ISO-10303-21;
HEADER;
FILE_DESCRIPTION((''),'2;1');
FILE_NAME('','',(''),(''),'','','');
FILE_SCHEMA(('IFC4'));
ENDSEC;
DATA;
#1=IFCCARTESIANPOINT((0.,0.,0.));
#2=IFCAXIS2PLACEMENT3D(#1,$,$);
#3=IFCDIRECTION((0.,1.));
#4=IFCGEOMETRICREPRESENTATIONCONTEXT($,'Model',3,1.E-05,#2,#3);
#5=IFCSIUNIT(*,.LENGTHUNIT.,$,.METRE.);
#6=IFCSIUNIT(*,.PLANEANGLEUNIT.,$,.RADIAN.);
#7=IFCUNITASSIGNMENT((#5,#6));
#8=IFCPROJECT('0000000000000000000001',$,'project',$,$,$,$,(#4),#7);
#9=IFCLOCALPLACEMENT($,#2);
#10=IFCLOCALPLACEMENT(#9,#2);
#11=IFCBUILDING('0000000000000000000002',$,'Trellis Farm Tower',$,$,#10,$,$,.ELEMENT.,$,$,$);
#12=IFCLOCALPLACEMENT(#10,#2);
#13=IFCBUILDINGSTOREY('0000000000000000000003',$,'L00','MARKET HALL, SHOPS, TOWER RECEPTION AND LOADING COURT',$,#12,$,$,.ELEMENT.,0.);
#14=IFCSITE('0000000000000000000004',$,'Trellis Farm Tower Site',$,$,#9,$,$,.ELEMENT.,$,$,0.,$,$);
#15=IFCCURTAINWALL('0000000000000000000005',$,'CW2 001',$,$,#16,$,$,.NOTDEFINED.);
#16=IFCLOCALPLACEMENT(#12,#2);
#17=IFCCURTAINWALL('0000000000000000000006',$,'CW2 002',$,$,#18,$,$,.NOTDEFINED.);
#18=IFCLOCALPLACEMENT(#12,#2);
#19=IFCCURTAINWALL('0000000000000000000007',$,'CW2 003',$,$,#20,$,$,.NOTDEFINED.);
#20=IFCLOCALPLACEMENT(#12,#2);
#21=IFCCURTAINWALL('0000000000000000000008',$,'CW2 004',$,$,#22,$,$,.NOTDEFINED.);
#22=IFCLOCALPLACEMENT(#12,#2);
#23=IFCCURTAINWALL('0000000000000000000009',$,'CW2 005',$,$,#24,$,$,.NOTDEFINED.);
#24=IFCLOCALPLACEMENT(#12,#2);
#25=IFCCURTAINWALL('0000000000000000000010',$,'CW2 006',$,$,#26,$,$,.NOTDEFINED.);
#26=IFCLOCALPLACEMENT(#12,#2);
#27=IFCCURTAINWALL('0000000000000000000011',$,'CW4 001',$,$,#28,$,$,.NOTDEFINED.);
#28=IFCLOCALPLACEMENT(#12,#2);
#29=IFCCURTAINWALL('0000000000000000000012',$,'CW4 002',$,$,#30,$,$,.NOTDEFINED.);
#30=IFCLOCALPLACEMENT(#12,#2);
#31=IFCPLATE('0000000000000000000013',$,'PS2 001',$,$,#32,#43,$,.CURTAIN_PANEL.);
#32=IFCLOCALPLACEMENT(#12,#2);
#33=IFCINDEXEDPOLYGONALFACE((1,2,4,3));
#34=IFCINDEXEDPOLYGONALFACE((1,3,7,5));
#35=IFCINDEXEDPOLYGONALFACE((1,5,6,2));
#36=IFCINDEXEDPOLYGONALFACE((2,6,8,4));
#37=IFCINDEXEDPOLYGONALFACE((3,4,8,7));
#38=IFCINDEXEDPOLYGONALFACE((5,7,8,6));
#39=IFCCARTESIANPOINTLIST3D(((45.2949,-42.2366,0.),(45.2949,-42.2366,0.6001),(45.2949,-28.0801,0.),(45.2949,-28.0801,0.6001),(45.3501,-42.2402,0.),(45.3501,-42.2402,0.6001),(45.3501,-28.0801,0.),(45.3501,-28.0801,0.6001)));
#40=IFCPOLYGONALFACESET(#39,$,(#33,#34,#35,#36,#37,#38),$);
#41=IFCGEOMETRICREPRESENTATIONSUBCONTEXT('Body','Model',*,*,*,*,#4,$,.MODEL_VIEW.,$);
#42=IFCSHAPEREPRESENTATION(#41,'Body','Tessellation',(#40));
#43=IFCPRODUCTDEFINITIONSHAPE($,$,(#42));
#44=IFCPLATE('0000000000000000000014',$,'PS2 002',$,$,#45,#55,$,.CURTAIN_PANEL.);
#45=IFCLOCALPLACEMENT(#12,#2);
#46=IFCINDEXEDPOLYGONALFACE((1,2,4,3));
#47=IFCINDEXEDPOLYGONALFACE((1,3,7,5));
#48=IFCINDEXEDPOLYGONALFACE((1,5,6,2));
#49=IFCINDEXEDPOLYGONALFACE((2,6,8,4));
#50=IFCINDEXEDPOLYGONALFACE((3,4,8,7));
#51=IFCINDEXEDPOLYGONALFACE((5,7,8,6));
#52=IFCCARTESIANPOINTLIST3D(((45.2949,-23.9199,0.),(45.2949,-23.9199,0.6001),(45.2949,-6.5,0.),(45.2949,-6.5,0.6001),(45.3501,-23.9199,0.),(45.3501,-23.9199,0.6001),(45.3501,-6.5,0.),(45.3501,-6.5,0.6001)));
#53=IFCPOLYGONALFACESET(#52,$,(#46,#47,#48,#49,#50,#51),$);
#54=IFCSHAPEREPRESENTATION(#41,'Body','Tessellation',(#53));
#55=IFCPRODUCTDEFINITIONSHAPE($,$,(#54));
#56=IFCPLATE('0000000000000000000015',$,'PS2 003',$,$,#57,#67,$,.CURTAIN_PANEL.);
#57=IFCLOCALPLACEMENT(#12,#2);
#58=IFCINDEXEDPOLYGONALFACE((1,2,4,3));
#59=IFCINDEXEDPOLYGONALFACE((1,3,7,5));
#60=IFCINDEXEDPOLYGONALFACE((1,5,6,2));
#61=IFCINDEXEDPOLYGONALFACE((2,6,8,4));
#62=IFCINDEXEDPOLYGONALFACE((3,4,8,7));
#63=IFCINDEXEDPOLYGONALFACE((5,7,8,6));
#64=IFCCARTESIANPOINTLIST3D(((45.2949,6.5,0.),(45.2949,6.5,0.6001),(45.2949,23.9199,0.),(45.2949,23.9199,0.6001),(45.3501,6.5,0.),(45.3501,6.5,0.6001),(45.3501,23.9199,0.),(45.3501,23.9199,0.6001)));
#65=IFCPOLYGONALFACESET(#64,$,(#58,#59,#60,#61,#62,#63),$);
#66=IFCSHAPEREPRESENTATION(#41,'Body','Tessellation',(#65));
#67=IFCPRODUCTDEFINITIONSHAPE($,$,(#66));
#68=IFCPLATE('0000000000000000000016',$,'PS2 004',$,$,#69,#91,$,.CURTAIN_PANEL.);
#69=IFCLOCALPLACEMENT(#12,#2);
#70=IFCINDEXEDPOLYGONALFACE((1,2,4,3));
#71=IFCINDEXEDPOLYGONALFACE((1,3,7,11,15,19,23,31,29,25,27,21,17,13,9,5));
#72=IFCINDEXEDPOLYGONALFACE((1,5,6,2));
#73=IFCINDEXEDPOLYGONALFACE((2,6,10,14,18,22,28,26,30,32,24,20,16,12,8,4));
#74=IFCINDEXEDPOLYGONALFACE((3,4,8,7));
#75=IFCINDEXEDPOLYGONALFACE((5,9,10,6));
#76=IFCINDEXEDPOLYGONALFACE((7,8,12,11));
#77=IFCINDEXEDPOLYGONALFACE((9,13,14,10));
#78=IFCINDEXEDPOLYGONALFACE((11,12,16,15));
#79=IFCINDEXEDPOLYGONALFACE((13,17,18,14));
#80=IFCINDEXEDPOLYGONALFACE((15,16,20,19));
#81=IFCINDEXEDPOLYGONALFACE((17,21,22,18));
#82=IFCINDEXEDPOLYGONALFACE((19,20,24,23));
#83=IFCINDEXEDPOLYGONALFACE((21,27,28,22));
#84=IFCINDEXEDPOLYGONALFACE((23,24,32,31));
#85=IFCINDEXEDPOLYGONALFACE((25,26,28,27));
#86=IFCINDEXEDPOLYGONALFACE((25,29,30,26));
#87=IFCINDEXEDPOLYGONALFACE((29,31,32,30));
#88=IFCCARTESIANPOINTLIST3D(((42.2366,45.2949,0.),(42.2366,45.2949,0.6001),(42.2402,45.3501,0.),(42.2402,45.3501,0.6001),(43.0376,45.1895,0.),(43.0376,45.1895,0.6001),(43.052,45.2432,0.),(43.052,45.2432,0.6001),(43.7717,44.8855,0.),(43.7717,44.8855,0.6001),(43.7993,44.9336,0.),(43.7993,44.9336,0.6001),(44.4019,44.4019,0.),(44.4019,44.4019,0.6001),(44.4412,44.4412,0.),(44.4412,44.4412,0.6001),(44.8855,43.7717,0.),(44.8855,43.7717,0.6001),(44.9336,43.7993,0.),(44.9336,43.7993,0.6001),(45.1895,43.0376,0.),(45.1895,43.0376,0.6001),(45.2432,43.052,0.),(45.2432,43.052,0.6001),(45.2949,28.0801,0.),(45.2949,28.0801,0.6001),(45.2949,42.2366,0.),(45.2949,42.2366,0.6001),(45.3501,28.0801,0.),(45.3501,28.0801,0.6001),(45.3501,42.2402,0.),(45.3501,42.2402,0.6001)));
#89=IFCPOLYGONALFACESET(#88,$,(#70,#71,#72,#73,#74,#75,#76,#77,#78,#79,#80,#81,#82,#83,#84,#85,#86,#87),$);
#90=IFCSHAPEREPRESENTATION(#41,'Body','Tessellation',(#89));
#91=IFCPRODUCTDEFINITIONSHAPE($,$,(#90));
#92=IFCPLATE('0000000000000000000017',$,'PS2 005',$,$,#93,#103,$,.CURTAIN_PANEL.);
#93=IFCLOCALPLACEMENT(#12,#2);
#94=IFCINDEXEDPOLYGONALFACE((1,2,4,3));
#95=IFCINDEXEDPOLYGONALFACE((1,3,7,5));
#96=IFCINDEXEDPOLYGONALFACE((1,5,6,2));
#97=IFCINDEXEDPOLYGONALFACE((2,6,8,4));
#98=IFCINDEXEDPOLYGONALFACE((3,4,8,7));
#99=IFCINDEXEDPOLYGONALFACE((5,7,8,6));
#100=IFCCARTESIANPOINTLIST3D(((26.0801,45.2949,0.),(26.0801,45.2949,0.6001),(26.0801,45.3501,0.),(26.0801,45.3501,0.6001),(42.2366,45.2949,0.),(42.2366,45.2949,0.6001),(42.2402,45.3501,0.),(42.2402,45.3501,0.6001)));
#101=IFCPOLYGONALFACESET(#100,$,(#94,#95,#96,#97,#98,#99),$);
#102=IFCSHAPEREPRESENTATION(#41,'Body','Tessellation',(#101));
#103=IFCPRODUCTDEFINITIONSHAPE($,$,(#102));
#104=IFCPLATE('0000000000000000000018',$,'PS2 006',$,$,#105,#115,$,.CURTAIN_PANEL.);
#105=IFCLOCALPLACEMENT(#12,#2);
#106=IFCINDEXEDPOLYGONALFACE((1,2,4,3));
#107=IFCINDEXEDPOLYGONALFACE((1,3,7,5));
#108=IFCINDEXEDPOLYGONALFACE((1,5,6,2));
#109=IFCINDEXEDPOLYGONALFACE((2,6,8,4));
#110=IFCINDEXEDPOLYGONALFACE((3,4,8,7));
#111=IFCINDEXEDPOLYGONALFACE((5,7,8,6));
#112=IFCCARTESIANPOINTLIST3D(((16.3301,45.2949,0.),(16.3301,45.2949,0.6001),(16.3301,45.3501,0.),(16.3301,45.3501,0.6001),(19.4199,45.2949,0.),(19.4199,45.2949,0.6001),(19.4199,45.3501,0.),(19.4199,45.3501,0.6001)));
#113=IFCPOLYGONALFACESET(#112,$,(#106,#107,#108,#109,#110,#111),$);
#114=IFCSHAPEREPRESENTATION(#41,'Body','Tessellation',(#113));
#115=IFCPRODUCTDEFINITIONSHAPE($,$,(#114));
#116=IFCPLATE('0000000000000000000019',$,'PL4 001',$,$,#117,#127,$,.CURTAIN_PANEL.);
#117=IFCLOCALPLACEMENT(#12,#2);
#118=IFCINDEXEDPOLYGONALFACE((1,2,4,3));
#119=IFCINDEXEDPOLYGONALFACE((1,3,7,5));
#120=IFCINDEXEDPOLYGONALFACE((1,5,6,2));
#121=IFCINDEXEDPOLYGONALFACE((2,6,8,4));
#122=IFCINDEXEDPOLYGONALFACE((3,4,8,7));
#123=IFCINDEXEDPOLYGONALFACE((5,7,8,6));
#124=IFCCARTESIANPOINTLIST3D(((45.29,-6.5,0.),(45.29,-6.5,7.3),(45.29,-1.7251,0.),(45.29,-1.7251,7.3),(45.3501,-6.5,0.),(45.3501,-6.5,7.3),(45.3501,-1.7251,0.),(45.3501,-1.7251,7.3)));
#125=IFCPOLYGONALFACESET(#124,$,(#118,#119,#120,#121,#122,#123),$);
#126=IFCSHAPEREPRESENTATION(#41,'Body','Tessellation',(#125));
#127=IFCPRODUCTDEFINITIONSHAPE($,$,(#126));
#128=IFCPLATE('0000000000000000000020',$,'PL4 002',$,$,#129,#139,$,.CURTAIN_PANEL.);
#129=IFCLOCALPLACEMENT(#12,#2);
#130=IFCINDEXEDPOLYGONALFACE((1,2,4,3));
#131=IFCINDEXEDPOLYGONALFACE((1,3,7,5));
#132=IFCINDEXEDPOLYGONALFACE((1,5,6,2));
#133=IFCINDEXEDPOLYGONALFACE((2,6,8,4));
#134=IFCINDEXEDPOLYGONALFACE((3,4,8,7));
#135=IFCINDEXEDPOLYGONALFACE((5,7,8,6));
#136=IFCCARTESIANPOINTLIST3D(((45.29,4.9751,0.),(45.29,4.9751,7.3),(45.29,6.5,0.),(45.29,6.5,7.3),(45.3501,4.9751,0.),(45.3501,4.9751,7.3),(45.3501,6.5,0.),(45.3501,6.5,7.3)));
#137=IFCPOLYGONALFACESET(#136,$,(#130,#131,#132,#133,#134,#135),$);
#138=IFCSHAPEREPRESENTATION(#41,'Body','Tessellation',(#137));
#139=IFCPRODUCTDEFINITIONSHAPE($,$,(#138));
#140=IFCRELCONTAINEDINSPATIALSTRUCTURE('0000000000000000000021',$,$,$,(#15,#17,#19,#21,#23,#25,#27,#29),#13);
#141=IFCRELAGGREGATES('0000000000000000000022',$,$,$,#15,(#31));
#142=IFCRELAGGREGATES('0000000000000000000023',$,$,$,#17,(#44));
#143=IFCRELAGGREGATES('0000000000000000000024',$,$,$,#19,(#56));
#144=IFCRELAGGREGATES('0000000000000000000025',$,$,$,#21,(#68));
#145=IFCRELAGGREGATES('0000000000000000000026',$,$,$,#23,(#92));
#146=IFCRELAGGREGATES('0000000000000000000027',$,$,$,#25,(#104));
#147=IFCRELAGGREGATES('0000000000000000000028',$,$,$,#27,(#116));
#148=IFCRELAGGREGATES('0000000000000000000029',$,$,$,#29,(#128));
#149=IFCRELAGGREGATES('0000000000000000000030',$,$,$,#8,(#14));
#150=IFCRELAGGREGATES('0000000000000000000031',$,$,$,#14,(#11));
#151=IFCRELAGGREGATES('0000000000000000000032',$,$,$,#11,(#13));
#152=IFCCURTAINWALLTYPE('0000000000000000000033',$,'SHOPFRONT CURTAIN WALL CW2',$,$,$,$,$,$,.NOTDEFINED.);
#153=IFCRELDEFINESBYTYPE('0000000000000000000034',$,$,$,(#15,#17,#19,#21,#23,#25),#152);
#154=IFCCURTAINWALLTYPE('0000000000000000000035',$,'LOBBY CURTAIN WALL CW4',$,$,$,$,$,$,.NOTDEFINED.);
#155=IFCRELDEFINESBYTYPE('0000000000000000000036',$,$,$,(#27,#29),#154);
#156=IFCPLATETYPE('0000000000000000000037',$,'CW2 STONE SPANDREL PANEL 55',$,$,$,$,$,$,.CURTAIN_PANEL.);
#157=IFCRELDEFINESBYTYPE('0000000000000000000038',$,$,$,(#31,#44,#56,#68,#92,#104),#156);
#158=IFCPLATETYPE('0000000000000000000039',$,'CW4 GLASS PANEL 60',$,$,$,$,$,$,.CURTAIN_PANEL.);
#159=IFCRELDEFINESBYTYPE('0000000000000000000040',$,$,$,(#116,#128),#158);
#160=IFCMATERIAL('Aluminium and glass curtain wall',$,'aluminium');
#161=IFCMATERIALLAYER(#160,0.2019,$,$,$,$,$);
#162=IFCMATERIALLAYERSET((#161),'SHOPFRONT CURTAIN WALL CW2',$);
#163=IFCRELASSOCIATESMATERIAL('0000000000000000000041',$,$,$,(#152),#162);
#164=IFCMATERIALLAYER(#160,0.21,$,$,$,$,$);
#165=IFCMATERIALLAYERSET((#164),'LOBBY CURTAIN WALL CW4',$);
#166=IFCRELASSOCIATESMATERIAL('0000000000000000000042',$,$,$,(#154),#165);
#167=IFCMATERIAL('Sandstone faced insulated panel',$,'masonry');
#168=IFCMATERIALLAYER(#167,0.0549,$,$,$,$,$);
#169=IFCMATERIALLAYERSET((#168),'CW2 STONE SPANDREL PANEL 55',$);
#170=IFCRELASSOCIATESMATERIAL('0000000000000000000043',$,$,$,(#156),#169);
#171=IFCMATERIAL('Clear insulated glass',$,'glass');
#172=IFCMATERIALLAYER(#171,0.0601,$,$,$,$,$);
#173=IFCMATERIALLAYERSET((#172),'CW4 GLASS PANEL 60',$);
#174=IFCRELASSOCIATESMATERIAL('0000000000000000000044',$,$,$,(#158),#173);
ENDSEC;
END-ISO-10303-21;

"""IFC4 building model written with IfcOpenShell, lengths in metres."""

from ifc_helpers import new_model, si_unit, direction, origin, place, context, subcontext, project, spatial, polyline, outline, extrude, material, layer, layer_set, type_object, element, aggregate, save


model = new_model("IFC4")

# Units and contexts
model_context = context("Model", 3, precision=1e-05, world=origin(), true_north=direction((0.0, 1.0)))
body_context = subcontext(model_context, "Body", "Model", "MODEL_VIEW")
ifc_project = project(units=[si_unit("LENGTHUNIT", "METRE"), si_unit("PLANEANGLEUNIT", "RADIAN")], contexts=[model_context])

# Site, building, storey
site_placement = place(None, origin())
site = spatial("IfcSite", under=ifc_project, at=site_placement, Name="Trellis Farm Tower Site", CompositionType="ELEMENT", RefElevation=0.0)
building_placement = place(site_placement, origin())
building = spatial("IfcBuilding", under=site, at=building_placement, Name="Trellis Farm Tower", CompositionType="ELEMENT")
storey_placement = place(building_placement, origin())
storey = spatial("IfcBuildingStorey", under=building, at=storey_placement, Name="L00", Description="MARKET HALL, SHOPS, TOWER RECEPTION AND LOADING COURT", CompositionType="ELEMENT", Elevation=0.0)

# Curtain walls
ifc_material_1 = material(Name="Aluminium and glass curtain wall", Category="aluminium")
ifc_layer_1 = layer(ifc_material_1, 0.2019)
ifc_layer_set_1 = layer_set([ifc_layer_1], Name="SHOPFRONT CURTAIN WALL CW2")
curtain_wall_type_1 = type_object("IfcCurtainWallType", Name="SHOPFRONT CURTAIN WALL CW2", PredefinedType="NOTDEFINED", material=ifc_layer_set_1)
placement_1 = place(storey_placement, origin())
curtain_wall_1 = element("IfcCurtainWall", 1, at=placement_1, inside=storey, type_object=curtain_wall_type_1, Name="CW2 001", PredefinedType="NOTDEFINED")
curtain_wall_2 = element("IfcCurtainWall", 2, at=placement_1, inside=storey, type_object=curtain_wall_type_1, Name="CW2 002", PredefinedType="NOTDEFINED")
curtain_wall_3 = element("IfcCurtainWall", 3, at=placement_1, inside=storey, type_object=curtain_wall_type_1, Name="CW2 003", PredefinedType="NOTDEFINED")
curtain_wall_4 = element("IfcCurtainWall", 4, at=placement_1, inside=storey, type_object=curtain_wall_type_1, Name="CW2 004", PredefinedType="NOTDEFINED")
curtain_wall_5 = element("IfcCurtainWall", 5, at=placement_1, inside=storey, type_object=curtain_wall_type_1, Name="CW2 005", PredefinedType="NOTDEFINED")
curtain_wall_6 = element("IfcCurtainWall", 6, at=placement_1, inside=storey, type_object=curtain_wall_type_1, Name="CW2 006", PredefinedType="NOTDEFINED")
ifc_layer_2 = layer(ifc_material_1, 0.21)
ifc_layer_set_2 = layer_set([ifc_layer_2], Name="LOBBY CURTAIN WALL CW4")
curtain_wall_type_2 = type_object("IfcCurtainWallType", Name="LOBBY CURTAIN WALL CW4", PredefinedType="NOTDEFINED", material=ifc_layer_set_2)
curtain_wall_7 = element("IfcCurtainWall", 7, at=placement_1, inside=storey, type_object=curtain_wall_type_2, Name="CW4 001", PredefinedType="NOTDEFINED")
curtain_wall_8 = element("IfcCurtainWall", 8, at=placement_1, inside=storey, type_object=curtain_wall_type_2, Name="CW4 002", PredefinedType="NOTDEFINED")

# Plates
ifc_material_2 = material(Name="Clear insulated glass", Category="glass")
ifc_material_3 = material(Name="Sandstone faced insulated panel", Category="masonry")
ifc_layer_3 = layer(ifc_material_3, 0.0549)
ifc_layer_set_3 = layer_set([ifc_layer_3], Name="CW2 STONE SPANDREL PANEL 55")
plate_type_1 = type_object("IfcPlateType", Name="CW2 STONE SPANDREL PANEL 55", PredefinedType="CURTAIN_PANEL", material=ifc_layer_set_3)
plate_1 = element("IfcPlate", 9, at=placement_1, type_object=plate_type_1, Name="PS2 001", PredefinedType="CURTAIN_PANEL", context=body_context, shape_type="SweptSolid", body=[
    extrude(outline(polyline([(45.3501, -42.2402), (45.3501, -28.0801), (45.2949, -28.0801), (45.2949, -42.2366), (45.3501, -42.2402)])), origin(), (0.0, 0.0, 1.0), 0.6001),
])
aggregate(curtain_wall_1, [plate_1])
plate_2 = element("IfcPlate", 10, at=placement_1, type_object=plate_type_1, Name="PS2 002", PredefinedType="CURTAIN_PANEL", context=body_context, shape_type="SweptSolid", body=[
    extrude(outline(polyline([(45.3501, -23.9199), (45.3501, -6.5), (45.2949, -6.5), (45.2949, -23.9199), (45.3501, -23.9199)])), origin(), (0.0, 0.0, 1.0), 0.6001),
])
aggregate(curtain_wall_2, [plate_2])
plate_3 = element("IfcPlate", 11, at=placement_1, type_object=plate_type_1, Name="PS2 003", PredefinedType="CURTAIN_PANEL", context=body_context, shape_type="SweptSolid", body=[
    extrude(outline(polyline([(45.3501, 6.5), (45.3501, 23.9199), (45.2949, 23.9199), (45.2949, 6.5), (45.3501, 6.5)])), origin(), (0.0, 0.0, 1.0), 0.6001),
])
aggregate(curtain_wall_3, [plate_3])
plate_4 = element("IfcPlate", 12, at=placement_1, type_object=plate_type_1, Name="PS2 004", PredefinedType="CURTAIN_PANEL", context=body_context, shape_type="SweptSolid", body=[
    extrude(outline(polyline([(45.3501, 28.0801), (45.3501, 42.2402), (45.2432, 43.052), (44.9336, 43.7993), (44.4412, 44.4412), (43.7993, 44.9336), (43.052, 45.2432), (42.2402, 45.3501), (42.2366, 45.2949), (43.0376, 45.1895), (43.7717, 44.8855), (44.4019, 44.4019), (44.8855, 43.7717), (45.1895, 43.0376), (45.2949, 42.2366), (45.2949, 28.0801), (45.3501, 28.0801)])), origin(), (0.0, 0.0, 1.0), 0.6001),
])
aggregate(curtain_wall_4, [plate_4])
plate_5 = element("IfcPlate", 13, at=placement_1, type_object=plate_type_1, Name="PS2 005", PredefinedType="CURTAIN_PANEL", context=body_context, shape_type="SweptSolid", body=[
    extrude(outline(polyline([(42.2402, 45.3501), (26.0801, 45.3501), (26.0801, 45.2949), (42.2366, 45.2949), (42.2402, 45.3501)])), origin(), (0.0, 0.0, 1.0), 0.6001),
])
aggregate(curtain_wall_5, [plate_5])
plate_6 = element("IfcPlate", 14, at=placement_1, type_object=plate_type_1, Name="PS2 006", PredefinedType="CURTAIN_PANEL", context=body_context, shape_type="SweptSolid", body=[
    extrude(outline(polyline([(19.4199, 45.3501), (16.3301, 45.3501), (16.3301, 45.2949), (19.4199, 45.2949), (19.4199, 45.3501)])), origin(), (0.0, 0.0, 1.0), 0.6001),
])
aggregate(curtain_wall_6, [plate_6])
ifc_layer_4 = layer(ifc_material_2, 0.0601)
ifc_layer_set_4 = layer_set([ifc_layer_4], Name="CW4 GLASS PANEL 60")
plate_type_2 = type_object("IfcPlateType", Name="CW4 GLASS PANEL 60", PredefinedType="CURTAIN_PANEL", material=ifc_layer_set_4)
plate_7 = element("IfcPlate", 15, at=placement_1, type_object=plate_type_2, Name="PL4 001", PredefinedType="CURTAIN_PANEL", context=body_context, shape_type="SweptSolid", body=[
    extrude(outline(polyline([(45.3501, -6.5), (45.3501, -1.7251), (45.29, -1.7251), (45.29, -6.5), (45.3501, -6.5)])), origin(), (0.0, 0.0, 1.0), 7.3),
])
aggregate(curtain_wall_7, [plate_7])
plate_8 = element("IfcPlate", 16, at=placement_1, type_object=plate_type_2, Name="PL4 002", PredefinedType="CURTAIN_PANEL", context=body_context, shape_type="SweptSolid", body=[
    extrude(outline(polyline([(45.3501, 4.9751), (45.3501, 6.5), (45.29, 6.5), (45.29, 4.9751), (45.3501, 4.9751)])), origin(), (0.0, 0.0, 1.0), 7.3),
])
aggregate(curtain_wall_8, [plate_8])

save(model, "model.ifc")
